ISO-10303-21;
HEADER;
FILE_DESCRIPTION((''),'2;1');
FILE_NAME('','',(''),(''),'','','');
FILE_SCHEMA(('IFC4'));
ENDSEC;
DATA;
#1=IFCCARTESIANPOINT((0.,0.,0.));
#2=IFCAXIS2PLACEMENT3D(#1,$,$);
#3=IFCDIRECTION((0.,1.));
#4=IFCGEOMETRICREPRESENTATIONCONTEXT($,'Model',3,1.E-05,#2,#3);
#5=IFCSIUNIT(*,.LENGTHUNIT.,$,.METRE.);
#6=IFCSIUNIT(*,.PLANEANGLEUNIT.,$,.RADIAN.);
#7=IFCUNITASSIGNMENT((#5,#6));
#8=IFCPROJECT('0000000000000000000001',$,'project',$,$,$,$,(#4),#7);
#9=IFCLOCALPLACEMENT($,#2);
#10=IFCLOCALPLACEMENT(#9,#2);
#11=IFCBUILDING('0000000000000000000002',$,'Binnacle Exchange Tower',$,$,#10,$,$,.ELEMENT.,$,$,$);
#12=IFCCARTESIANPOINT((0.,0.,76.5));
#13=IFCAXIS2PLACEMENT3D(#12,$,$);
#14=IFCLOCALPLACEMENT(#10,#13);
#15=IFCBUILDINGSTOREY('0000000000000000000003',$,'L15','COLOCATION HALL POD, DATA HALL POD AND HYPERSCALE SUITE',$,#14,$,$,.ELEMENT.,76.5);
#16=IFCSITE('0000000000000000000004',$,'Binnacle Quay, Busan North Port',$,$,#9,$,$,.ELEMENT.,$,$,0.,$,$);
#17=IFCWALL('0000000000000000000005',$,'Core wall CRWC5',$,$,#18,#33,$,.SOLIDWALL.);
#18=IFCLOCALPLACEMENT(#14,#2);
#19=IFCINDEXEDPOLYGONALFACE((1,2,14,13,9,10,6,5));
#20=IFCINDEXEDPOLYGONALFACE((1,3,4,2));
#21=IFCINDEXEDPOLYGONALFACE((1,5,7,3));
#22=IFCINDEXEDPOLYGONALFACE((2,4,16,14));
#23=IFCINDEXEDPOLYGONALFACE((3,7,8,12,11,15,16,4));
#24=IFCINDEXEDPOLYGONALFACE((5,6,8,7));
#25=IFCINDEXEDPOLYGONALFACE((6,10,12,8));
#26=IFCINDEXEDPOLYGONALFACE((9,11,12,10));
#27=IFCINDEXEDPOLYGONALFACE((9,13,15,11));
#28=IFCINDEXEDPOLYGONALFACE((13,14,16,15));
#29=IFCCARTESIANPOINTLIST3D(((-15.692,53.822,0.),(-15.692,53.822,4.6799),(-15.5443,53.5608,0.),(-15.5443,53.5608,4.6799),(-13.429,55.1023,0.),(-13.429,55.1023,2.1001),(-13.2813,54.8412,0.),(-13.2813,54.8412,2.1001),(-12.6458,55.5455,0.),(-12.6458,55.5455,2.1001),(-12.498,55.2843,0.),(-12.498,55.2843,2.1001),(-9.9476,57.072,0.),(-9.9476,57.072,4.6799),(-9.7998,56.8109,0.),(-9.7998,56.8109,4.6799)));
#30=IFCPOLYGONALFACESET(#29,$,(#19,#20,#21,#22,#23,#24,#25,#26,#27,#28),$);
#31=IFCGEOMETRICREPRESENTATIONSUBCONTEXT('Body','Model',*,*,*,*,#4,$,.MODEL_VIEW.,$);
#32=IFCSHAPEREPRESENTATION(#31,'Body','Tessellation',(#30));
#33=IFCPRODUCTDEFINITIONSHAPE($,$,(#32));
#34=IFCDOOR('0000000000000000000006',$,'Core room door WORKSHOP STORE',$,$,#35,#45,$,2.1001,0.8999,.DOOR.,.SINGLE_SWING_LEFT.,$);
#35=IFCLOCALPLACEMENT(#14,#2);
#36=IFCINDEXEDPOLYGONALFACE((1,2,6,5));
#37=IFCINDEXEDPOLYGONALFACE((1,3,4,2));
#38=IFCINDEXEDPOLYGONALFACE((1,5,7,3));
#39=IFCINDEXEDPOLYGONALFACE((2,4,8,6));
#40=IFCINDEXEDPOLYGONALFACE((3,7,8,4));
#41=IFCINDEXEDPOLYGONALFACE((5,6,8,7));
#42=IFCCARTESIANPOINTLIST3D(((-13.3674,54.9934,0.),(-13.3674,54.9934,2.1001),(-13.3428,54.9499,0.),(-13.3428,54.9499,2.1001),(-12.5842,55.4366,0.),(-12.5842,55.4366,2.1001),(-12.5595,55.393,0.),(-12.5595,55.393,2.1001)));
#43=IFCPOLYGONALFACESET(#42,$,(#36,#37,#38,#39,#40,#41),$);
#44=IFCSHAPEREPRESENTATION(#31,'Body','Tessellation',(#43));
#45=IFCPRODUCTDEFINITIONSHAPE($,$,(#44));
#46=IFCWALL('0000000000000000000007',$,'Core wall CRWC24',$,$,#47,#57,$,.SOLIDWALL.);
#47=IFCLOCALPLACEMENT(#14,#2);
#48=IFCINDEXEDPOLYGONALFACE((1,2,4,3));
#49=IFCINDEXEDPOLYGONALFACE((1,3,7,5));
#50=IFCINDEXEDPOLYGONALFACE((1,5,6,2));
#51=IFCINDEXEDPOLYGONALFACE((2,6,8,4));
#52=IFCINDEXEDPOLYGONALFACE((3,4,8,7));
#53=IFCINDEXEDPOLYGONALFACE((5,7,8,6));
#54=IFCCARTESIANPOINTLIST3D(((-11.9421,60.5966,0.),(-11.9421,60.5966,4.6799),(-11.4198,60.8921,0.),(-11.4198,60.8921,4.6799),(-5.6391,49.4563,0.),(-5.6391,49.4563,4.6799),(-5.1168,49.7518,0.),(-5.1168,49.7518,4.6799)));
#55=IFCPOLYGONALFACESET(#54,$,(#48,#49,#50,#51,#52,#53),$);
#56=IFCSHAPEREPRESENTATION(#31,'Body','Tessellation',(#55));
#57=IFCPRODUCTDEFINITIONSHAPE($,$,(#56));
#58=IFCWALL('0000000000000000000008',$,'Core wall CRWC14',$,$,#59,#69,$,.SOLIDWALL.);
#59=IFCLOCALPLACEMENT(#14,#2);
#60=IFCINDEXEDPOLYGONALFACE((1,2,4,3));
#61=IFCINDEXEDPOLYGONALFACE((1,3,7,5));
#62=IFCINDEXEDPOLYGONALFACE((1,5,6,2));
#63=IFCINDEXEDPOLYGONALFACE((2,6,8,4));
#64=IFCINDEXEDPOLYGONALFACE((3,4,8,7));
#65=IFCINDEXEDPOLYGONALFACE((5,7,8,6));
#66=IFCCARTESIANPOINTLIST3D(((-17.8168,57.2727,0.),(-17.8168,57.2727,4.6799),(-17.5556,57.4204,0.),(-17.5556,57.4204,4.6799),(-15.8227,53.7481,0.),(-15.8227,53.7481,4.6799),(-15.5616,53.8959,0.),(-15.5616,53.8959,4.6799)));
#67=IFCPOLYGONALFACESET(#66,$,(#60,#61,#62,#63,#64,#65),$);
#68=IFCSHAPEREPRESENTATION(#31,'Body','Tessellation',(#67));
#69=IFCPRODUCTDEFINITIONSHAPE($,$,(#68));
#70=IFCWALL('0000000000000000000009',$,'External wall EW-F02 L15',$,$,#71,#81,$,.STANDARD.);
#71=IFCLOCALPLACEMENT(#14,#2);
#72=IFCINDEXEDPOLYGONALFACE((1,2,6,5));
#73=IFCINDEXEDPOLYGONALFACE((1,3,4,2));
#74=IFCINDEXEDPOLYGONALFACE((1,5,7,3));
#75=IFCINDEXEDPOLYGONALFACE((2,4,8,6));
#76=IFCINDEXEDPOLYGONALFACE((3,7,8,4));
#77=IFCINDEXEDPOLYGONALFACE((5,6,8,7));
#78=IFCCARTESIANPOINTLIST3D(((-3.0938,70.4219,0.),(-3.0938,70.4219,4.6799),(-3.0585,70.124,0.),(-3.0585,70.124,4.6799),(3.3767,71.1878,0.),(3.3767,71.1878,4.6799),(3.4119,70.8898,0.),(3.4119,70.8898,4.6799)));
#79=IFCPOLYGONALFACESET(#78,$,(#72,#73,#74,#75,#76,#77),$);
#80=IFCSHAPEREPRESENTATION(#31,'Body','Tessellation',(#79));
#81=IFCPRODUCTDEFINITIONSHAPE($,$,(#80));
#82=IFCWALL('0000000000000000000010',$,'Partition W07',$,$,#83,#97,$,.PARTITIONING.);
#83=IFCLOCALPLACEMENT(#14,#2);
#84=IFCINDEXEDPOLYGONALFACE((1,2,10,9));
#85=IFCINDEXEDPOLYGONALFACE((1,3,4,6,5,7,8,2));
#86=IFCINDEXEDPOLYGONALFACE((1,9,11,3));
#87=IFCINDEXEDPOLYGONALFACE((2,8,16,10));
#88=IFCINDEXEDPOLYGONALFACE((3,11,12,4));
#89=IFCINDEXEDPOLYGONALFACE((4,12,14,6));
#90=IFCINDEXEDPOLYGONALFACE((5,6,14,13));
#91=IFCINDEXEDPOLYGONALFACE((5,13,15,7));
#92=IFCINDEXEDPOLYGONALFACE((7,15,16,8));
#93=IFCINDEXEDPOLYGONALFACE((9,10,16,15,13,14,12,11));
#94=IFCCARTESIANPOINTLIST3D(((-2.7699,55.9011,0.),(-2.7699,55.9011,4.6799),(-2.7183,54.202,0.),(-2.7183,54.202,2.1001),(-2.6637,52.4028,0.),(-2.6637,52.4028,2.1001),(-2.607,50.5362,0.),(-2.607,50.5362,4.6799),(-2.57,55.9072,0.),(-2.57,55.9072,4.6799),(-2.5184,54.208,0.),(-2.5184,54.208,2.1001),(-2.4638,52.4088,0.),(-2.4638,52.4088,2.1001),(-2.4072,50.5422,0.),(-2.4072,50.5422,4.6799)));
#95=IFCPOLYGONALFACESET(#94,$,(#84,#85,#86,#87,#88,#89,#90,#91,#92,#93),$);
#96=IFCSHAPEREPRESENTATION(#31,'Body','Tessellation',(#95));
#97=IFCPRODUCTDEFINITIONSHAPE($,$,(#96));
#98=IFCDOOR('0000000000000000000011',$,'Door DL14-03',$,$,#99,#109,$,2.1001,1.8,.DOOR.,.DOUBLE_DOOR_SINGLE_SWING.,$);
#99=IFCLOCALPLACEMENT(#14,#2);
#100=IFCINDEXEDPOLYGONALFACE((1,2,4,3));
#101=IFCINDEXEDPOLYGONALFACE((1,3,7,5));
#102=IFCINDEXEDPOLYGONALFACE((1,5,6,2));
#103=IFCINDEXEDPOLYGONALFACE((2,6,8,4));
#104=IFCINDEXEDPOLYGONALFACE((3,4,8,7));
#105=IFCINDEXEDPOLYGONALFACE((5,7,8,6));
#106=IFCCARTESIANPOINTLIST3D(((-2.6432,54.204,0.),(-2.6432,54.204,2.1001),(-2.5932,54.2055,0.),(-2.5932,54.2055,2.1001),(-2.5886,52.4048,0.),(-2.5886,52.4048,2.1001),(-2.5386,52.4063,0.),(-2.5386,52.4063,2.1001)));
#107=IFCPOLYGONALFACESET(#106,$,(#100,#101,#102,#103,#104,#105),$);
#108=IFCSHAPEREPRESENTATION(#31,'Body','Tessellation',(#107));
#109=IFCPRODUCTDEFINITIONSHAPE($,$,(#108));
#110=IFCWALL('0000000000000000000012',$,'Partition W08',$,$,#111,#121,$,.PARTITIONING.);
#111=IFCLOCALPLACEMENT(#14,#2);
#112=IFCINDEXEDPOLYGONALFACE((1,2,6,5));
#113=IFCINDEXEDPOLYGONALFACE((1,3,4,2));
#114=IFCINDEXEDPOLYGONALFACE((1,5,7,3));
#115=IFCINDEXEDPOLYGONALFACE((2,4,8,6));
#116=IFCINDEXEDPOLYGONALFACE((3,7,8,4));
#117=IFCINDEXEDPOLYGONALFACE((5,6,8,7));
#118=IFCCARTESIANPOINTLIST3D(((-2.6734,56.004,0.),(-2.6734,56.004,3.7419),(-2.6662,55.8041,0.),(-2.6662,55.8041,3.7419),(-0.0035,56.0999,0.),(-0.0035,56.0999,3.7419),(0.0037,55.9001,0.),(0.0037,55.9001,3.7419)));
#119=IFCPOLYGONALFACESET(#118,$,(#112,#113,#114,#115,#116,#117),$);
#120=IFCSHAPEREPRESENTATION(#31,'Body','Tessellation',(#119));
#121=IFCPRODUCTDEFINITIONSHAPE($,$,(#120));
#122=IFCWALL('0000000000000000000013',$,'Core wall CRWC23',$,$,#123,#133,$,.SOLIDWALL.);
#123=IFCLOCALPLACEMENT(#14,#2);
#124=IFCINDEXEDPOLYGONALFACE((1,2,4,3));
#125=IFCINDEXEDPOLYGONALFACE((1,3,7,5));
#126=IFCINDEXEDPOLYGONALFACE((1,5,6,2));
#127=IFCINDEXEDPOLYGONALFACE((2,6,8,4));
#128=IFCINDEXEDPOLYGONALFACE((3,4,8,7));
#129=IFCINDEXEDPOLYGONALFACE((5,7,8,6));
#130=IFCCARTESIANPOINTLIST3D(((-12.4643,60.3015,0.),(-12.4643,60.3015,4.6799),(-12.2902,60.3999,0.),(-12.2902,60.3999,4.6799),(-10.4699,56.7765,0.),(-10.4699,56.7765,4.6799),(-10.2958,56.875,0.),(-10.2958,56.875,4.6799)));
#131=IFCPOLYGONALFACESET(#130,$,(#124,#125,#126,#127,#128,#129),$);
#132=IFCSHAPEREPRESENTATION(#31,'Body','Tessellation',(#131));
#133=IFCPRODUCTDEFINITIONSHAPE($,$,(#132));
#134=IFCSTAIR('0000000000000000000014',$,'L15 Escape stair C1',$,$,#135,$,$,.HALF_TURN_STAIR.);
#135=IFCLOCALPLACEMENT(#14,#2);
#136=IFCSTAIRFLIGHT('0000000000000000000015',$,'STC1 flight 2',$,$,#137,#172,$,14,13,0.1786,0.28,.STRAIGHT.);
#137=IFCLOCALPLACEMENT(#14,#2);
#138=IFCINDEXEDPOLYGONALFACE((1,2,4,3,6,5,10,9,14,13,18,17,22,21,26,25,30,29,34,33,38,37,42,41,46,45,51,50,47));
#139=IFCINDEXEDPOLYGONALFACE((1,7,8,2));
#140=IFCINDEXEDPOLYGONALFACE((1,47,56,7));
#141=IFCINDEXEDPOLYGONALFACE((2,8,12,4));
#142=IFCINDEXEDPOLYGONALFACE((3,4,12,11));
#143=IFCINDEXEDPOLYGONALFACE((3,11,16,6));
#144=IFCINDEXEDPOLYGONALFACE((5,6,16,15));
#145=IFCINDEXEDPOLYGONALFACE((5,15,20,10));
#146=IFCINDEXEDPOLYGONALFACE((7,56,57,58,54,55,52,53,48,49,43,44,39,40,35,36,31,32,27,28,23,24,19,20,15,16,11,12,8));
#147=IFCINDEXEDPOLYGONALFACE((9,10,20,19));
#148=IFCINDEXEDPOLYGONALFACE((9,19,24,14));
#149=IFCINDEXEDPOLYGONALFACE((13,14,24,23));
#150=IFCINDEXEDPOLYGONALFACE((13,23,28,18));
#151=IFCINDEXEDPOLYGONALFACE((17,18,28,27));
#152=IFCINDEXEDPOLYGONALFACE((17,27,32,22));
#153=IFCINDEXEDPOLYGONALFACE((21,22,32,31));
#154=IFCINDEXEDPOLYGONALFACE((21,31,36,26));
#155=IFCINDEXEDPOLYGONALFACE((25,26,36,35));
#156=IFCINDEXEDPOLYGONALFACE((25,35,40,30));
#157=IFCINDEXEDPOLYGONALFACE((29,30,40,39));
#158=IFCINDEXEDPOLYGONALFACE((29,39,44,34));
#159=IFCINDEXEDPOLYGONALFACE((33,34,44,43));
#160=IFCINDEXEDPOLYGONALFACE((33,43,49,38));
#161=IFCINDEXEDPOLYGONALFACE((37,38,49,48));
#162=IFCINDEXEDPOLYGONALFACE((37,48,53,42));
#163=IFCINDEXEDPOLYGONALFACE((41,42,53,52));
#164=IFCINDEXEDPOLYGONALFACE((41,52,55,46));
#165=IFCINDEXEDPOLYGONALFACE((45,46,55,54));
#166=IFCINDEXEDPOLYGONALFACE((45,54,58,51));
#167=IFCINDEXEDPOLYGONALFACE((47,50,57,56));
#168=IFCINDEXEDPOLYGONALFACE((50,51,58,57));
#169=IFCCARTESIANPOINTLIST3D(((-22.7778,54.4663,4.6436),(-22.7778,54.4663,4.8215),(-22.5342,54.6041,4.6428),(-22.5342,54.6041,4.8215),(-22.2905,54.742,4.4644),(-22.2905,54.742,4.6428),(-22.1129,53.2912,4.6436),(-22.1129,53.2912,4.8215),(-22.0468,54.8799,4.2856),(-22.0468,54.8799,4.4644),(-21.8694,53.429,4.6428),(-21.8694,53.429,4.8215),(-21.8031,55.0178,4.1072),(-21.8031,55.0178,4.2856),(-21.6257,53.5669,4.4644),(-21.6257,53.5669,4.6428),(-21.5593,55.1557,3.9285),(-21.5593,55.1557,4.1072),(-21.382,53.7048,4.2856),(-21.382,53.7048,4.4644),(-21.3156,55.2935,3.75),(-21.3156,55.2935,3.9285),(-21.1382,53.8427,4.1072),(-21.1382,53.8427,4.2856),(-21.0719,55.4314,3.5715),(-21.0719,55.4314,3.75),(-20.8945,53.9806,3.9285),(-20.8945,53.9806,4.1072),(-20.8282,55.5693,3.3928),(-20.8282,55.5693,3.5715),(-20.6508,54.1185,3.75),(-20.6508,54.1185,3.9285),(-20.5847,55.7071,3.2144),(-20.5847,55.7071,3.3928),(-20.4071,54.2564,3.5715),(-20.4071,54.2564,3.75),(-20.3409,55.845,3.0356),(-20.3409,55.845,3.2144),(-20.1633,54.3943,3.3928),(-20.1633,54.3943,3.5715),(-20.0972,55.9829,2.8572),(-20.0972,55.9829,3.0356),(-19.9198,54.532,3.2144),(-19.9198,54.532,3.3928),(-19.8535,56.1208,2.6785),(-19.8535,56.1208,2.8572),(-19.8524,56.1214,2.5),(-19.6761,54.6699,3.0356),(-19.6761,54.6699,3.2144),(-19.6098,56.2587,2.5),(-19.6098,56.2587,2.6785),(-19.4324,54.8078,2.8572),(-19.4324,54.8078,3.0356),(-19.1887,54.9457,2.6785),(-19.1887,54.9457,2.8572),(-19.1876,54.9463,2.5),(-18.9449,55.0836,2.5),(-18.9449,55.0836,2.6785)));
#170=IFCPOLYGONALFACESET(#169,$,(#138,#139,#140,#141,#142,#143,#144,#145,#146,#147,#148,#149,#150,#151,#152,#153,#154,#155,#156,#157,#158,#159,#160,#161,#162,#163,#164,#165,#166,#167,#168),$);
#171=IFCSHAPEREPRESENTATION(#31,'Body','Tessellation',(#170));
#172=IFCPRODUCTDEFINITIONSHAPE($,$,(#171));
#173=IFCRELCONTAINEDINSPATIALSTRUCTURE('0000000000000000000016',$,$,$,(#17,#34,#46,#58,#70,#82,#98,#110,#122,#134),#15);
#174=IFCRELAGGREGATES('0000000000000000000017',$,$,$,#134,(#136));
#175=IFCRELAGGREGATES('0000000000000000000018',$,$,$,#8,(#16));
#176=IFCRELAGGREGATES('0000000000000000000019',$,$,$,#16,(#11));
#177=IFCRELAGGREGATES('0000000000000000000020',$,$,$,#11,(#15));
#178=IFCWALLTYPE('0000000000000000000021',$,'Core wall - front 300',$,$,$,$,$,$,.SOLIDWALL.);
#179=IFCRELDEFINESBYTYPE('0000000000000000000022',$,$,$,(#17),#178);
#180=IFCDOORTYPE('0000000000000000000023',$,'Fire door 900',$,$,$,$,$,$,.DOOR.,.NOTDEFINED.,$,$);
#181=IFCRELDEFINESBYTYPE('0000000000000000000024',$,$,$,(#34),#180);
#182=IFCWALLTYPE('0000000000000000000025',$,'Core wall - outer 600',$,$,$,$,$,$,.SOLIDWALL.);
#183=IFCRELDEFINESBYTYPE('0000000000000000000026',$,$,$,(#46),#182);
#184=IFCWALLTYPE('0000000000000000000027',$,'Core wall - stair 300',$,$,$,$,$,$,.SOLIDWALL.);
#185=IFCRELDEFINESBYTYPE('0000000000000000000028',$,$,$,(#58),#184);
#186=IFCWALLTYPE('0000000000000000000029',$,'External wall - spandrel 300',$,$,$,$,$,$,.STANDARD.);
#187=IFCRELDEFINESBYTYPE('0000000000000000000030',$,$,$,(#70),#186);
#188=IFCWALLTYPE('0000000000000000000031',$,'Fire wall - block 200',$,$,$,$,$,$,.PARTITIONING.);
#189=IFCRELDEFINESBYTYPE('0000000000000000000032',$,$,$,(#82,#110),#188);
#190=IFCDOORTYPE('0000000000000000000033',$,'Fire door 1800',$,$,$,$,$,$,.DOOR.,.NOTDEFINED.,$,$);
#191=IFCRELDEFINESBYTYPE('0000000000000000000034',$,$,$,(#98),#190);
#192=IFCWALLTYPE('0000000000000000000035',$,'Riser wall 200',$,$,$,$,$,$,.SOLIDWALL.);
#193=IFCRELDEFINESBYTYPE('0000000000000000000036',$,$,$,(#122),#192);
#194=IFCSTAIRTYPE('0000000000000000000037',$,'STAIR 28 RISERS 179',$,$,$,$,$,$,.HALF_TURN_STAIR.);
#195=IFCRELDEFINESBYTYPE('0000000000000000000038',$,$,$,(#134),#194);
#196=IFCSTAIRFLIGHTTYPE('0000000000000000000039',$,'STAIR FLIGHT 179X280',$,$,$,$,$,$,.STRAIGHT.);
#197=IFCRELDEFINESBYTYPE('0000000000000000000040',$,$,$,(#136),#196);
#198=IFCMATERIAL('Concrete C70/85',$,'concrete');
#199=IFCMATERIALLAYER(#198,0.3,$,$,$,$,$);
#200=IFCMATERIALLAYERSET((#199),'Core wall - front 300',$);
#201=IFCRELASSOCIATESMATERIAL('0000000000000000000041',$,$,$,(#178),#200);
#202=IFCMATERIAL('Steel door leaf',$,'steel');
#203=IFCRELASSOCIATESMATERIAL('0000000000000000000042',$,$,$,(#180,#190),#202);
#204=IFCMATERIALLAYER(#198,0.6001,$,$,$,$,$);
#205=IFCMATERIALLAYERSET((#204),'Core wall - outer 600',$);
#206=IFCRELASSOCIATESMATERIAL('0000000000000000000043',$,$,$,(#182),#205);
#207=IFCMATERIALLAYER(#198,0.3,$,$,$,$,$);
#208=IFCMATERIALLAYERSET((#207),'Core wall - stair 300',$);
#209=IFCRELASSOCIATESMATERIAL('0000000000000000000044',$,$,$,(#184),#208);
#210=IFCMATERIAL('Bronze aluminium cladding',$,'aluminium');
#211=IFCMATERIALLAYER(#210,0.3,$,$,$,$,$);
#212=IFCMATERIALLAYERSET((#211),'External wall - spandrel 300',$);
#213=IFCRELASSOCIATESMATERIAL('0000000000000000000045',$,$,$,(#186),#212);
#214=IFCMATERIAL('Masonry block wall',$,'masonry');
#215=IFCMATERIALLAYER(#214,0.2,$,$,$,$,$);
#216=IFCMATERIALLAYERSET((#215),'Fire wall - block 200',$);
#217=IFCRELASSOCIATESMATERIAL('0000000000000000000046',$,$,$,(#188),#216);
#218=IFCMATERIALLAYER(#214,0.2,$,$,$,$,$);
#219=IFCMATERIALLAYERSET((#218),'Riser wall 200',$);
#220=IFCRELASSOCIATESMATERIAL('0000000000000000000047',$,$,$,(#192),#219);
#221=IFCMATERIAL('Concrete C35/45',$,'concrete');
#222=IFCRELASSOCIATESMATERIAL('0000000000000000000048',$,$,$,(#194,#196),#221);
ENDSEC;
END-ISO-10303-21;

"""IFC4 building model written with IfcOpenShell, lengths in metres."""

from ifc_helpers import new_model, si_unit, direction, frame, frame_2d, origin, place, context, subcontext, project, spatial, polyline, rectangle, outline, extrude, material, layer, layer_set, type_object, element, fill, aggregate, save


model = new_model("IFC4")

# Units and contexts
model_context = context("Model", 3, precision=1e-05, world=origin(), true_north=direction((0.0, 1.0)))
body_context = subcontext(model_context, "Body", "Model", "MODEL_VIEW")
ifc_project = project(units=[si_unit("LENGTHUNIT", "METRE"), si_unit("PLANEANGLEUNIT", "RADIAN")], contexts=[model_context])

# Site, building, storey
site_placement = place(None, origin())
site = spatial("IfcSite", under=ifc_project, at=site_placement, Name="Binnacle Quay, Busan North Port", CompositionType="ELEMENT", RefElevation=0.0)
building_placement = place(site_placement, origin())
building = spatial("IfcBuilding", under=site, at=building_placement, Name="Binnacle Exchange Tower", CompositionType="ELEMENT")
storey_placement = place(building_placement, frame((0.0, 0.0, 76.5)))
storey = spatial("IfcBuildingStorey", under=building, at=storey_placement, Name="L15", Description="COLOCATION HALL POD, DATA HALL POD AND HYPERSCALE SUITE", CompositionType="ELEMENT", Elevation=76.5)

# Shared definitions
ifc_material_1 = material(Name="Concrete C70/85", Category="concrete")

# Wall, opening, door
ifc_layer_1 = layer(ifc_material_1, 0.3)
ifc_layer_set_1 = layer_set([ifc_layer_1], Name="Core wall - front 300")
wall_type_1 = type_object("IfcWallType", Name="Core wall - front 300", PredefinedType="SOLIDWALL", material=ifc_layer_set_1)
wall_1_placement = place(storey_placement, frame((-15.6182, 53.6914, 0.0), z_axis=(0.0, 0.0, 1.0), x_axis=(0.870357, 0.492422, 0.0)))
wall_1 = element("IfcWall", 1, at=wall_1_placement, inside=storey, type_object=wall_type_1, Name="Core wall CRWC5", PredefinedType="SOLIDWALL", context=body_context, shape_type="SweptSolid", body=[
    extrude(rectangle(XDim=6.6001, YDim=0.3, at=frame_2d((3.3, 0.0))), origin(), (0.0, 0.0, 1.0), 4.6799),
])
opening_1_placement = place(wall_1_placement, frame((2.6001, 0.0, 0.0)))
opening_1 = element("IfcOpeningElement", 2, at=opening_1_placement, cuts=wall_1, PredefinedType="OPENING", context=body_context, shape_type="SweptSolid", body=[
    extrude(rectangle(XDim=0.8999, YDim=2.1001, at=frame_2d((0.45, 1.05))), frame((0.0, 0.1599, 0.0), z_axis=(0.0, -1.0, 0.0), x_axis=(1.0, 0.0, 0.0)), (0.0, 0.0, 1.0), 0.3201),
])
ifc_material_2 = material(Name="Steel door leaf", Category="steel")
door_type_1 = type_object("IfcDoorType", Name="Fire door 900", OperationType="NOTDEFINED", PredefinedType="DOOR", material=ifc_material_2)
door_1_placement = place(opening_1_placement, origin())
door_1 = element("IfcDoor", 3, at=door_1_placement, inside=storey, type_object=door_type_1, Name="Core room door WORKSHOP STORE", OperationType="SINGLE_SWING_LEFT", OverallHeight=2.1001, OverallWidth=0.8999, PredefinedType="DOOR", context=body_context, shape_type="SweptSolid", body=[
    extrude(rectangle(XDim=0.8999, YDim=2.1001, at=frame_2d((0.45, 1.05))), frame((0.0, 0.0249, 0.0), z_axis=(0.0, -1.0, 0.0), x_axis=(1.0, 0.0, 0.0)), (0.0, 0.0, 1.0), 0.05),
])
fill(opening_1, door_1)

# Walls
ifc_layer_2 = layer(ifc_material_1, 0.6001)
ifc_layer_set_2 = layer_set([ifc_layer_2], Name="Core wall - outer 600")
wall_type_2 = type_object("IfcWallType", Name="Core wall - outer 600", PredefinedType="SOLIDWALL", material=ifc_layer_set_2)
wall_2_placement = place(storey_placement, frame((-11.6809, 60.7444, 0.0), z_axis=(0.0, 0.0, 1.0), x_axis=(0.492427, -0.870354, 0.0)))
element("IfcWall", 4, at=wall_2_placement, inside=storey, type_object=wall_type_2, Name="Core wall CRWC24", PredefinedType="SOLIDWALL", context=body_context, shape_type="SweptSolid", body=[
    extrude(rectangle(XDim=12.7998, YDim=0.6001, at=frame_2d((6.3999, 0.0))), origin(), (0.0, 0.0, 1.0), 4.6799),
])
ifc_layer_3 = layer(ifc_material_1, 0.3)
ifc_layer_set_3 = layer_set([ifc_layer_3], Name="Core wall - stair 300")
wall_type_3 = type_object("IfcWallType", Name="Core wall - stair 300", PredefinedType="SOLIDWALL", material=ifc_layer_set_3)
wall_3_placement = place(storey_placement, frame((-17.6863, 57.3467, 0.0), z_axis=(0.0, 0.0, 1.0), x_axis=(0.492421, -0.870357, 0.0)))
element("IfcWall", 5, at=wall_3_placement, inside=storey, type_object=wall_type_3, Name="Core wall CRWC14", PredefinedType="SOLIDWALL", context=body_context, shape_type="SweptSolid", body=[
    extrude(rectangle(XDim=4.0496, YDim=0.3, at=frame_2d((2.0249, 0.0))), origin(), (0.0, 0.0, 1.0), 4.6799),
])
ifc_material_3 = material(Name="Bronze aluminium cladding", Category="aluminium")
ifc_layer_4 = layer(ifc_material_3, 0.3)
ifc_layer_set_4 = layer_set([ifc_layer_4], Name="External wall - spandrel 300")
wall_type_4 = type_object("IfcWallType", Name="External wall - spandrel 300", PredefinedType="STANDARD", material=ifc_layer_set_4)
wall_4_placement = place(storey_placement, frame((-3.0762, 70.2729, 0.0), z_axis=(0.0, 0.0, 1.0), x_axis=(0.993068, 0.117543, 0.0)))
element("IfcWall", 6, at=wall_4_placement, inside=storey, type_object=wall_type_4, Name="External wall EW-F02 L15", PredefinedType="STANDARD", context=body_context, shape_type="SweptSolid", body=[
    extrude(rectangle(XDim=6.5156, YDim=0.3, at=frame_2d((3.2578, 0.0))), origin(), (0.0, 0.0, 1.0), 4.6799),
])

# Wall, opening, door
ifc_material_4 = material(Name="Masonry block wall", Category="masonry")
ifc_layer_5 = layer(ifc_material_4, 0.2)
ifc_layer_set_5 = layer_set([ifc_layer_5], Name="Fire wall - block 200")
wall_type_5 = type_object("IfcWallType", Name="Fire wall - block 200", PredefinedType="PARTITIONING", material=ifc_layer_set_5)
wall_5_placement = place(storey_placement, frame((-2.6699, 55.9041, 0.0), z_axis=(0.0, 0.0, 1.0), x_axis=(0.030339, -0.99954, 0.0)))
wall_5 = element("IfcWall", 7, at=wall_5_placement, inside=storey, type_object=wall_type_5, Name="Partition W07", PredefinedType="PARTITIONING", context=body_context, shape_type="SweptSolid", body=[
    extrude(rectangle(XDim=5.3674, YDim=0.2, at=frame_2d((2.6836, 0.0))), origin(), (0.0, 0.0, 1.0), 4.6799),
])
opening_2_placement = place(wall_5_placement, frame((1.7, 0.0, 0.0)))
opening_2 = element("IfcOpeningElement", 8, at=opening_2_placement, cuts=wall_5, PredefinedType="OPENING", context=body_context, shape_type="SweptSolid", body=[
    extrude(rectangle(XDim=1.8, YDim=2.1001, at=frame_2d((0.8999, 1.05))), frame((0.0, 0.1099, 0.0), z_axis=(0.0, -1.0, 0.0), x_axis=(1.0, 0.0, 0.0)), (0.0, 0.0, 1.0), 0.22),
])
door_type_2 = type_object("IfcDoorType", Name="Fire door 1800", OperationType="NOTDEFINED", PredefinedType="DOOR", material=ifc_material_2)
door_2_placement = place(opening_2_placement, frame((1.8, 0.0, 0.0), z_axis=(0.0, 0.0, 1.0), x_axis=(-1.0, 0.0, 0.0)))
door_2 = element("IfcDoor", 9, at=door_2_placement, inside=storey, type_object=door_type_2, Name="Door DL14-03", OperationType="DOUBLE_DOOR_SINGLE_SWING", OverallHeight=2.1001, OverallWidth=1.8, PredefinedType="DOOR", context=body_context, shape_type="SweptSolid", body=[
    extrude(rectangle(XDim=1.8, YDim=2.1001, at=frame_2d((0.8999, 1.05))), frame((0.0, 0.0249, 0.0), z_axis=(0.0, -1.0, 0.0), x_axis=(1.0, 0.0, 0.0)), (0.0, 0.0, 1.0), 0.05),
])
fill(opening_2, door_2)

# Walls
wall_6_placement = place(storey_placement, frame((-2.6699, 55.9041, 0.0), z_axis=(0.0, 0.0, 1.0), x_axis=(0.999355, 0.035913, 0.0)))
element("IfcWall", 10, at=wall_6_placement, inside=storey, type_object=wall_type_5, Name="Partition W08", PredefinedType="PARTITIONING", context=body_context, shape_type="SweptSolid", body=[
    extrude(rectangle(XDim=2.6716, YDim=0.2, at=frame_2d((1.3359, 0.0))), origin(), (0.0, 0.0, 1.0), 3.7419),
])
ifc_layer_6 = layer(ifc_material_4, 0.2)
ifc_layer_set_6 = layer_set([ifc_layer_6], Name="Riser wall 200")
wall_type_6 = type_object("IfcWallType", Name="Riser wall 200", PredefinedType="SOLIDWALL", material=ifc_layer_set_6)
wall_7_placement = place(storey_placement, frame((-12.3772, 60.3506, 0.0), z_axis=(0.0, 0.0, 1.0), x_axis=(0.492441, -0.870346, 0.0)))
element("IfcWall", 11, at=wall_7_placement, inside=storey, type_object=wall_type_6, Name="Core wall CRWC23", PredefinedType="SOLIDWALL", context=body_context, shape_type="SweptSolid", body=[
    extrude(rectangle(XDim=4.05, YDim=0.2, at=frame_2d((2.0249, 0.0))), origin(), (0.0, 0.0, 1.0), 4.6799),
])

# Stair, stair flight
ifc_material_5 = material(Name="Concrete C35/45", Category="concrete")
stair_type = type_object("IfcStairType", Name="STAIR 28 RISERS 179", PredefinedType="HALF_TURN_STAIR", material=ifc_material_5)
stair_placement = place(storey_placement, origin())
stair = element("IfcStair", 12, at=stair_placement, inside=storey, type_object=stair_type, Name="L15 Escape stair C1", PredefinedType="HALF_TURN_STAIR")
stair_flight_type = type_object("IfcStairFlightType", Name="STAIR FLIGHT 179X280", PredefinedType="STRAIGHT", material=ifc_material_5)
stair_flight_placement = place(storey_placement, frame((-19.2773, 55.6711, 2.5), z_axis=(0.0, 0.0, 1.0), x_axis=(-0.870356, -0.492424, 0.0)))
stair_flight = element("IfcStairFlight", 13, at=stair_flight_placement, type_object=stair_flight_type, Name="STC1 flight 2", NumberOfRisers=14, NumberOfTreads=13, PredefinedType="STRAIGHT", RiserHeight=0.1786, TreadLength=0.28, context=body_context, shape_type="SweptSolid", body=[
    extrude(outline(polyline([(0.0, 0.0), (0.0, 0.1785), (0.28, 0.1785), (0.28, 0.3572), (0.5601, 0.3572), (0.5601, 0.5356), (0.8401, 0.5356), (0.8401, 0.7144), (1.1201, 0.7144), (1.1201, 0.8928), (1.3999, 0.8928), (1.3999, 1.0715), (1.6799, 1.0715), (1.6799, 1.25), (1.96, 1.25), (1.96, 1.4285), (2.24, 1.4285), (2.24, 1.6072), (2.52, 1.6072), (2.52, 1.7856), (2.8, 1.7856), (2.8, 1.9644), (3.0801, 1.9644), (3.0801, 2.1428), (3.3601, 2.1428), (3.3601, 2.3215), (3.6399, 2.3215), (3.6399, 2.5), (3.6399, 2.1436), (0.2788, 0.0), (0.0, 0.0)])), frame((0.0, 0.675, 0.0), z_axis=(0.0, -1.0, 0.0), x_axis=(1.0, 0.0, 0.0)), (0.0, 0.0, 1.0), 1.3501),
])
aggregate(stair, [stair_flight])

save(model, "model.ifc")
